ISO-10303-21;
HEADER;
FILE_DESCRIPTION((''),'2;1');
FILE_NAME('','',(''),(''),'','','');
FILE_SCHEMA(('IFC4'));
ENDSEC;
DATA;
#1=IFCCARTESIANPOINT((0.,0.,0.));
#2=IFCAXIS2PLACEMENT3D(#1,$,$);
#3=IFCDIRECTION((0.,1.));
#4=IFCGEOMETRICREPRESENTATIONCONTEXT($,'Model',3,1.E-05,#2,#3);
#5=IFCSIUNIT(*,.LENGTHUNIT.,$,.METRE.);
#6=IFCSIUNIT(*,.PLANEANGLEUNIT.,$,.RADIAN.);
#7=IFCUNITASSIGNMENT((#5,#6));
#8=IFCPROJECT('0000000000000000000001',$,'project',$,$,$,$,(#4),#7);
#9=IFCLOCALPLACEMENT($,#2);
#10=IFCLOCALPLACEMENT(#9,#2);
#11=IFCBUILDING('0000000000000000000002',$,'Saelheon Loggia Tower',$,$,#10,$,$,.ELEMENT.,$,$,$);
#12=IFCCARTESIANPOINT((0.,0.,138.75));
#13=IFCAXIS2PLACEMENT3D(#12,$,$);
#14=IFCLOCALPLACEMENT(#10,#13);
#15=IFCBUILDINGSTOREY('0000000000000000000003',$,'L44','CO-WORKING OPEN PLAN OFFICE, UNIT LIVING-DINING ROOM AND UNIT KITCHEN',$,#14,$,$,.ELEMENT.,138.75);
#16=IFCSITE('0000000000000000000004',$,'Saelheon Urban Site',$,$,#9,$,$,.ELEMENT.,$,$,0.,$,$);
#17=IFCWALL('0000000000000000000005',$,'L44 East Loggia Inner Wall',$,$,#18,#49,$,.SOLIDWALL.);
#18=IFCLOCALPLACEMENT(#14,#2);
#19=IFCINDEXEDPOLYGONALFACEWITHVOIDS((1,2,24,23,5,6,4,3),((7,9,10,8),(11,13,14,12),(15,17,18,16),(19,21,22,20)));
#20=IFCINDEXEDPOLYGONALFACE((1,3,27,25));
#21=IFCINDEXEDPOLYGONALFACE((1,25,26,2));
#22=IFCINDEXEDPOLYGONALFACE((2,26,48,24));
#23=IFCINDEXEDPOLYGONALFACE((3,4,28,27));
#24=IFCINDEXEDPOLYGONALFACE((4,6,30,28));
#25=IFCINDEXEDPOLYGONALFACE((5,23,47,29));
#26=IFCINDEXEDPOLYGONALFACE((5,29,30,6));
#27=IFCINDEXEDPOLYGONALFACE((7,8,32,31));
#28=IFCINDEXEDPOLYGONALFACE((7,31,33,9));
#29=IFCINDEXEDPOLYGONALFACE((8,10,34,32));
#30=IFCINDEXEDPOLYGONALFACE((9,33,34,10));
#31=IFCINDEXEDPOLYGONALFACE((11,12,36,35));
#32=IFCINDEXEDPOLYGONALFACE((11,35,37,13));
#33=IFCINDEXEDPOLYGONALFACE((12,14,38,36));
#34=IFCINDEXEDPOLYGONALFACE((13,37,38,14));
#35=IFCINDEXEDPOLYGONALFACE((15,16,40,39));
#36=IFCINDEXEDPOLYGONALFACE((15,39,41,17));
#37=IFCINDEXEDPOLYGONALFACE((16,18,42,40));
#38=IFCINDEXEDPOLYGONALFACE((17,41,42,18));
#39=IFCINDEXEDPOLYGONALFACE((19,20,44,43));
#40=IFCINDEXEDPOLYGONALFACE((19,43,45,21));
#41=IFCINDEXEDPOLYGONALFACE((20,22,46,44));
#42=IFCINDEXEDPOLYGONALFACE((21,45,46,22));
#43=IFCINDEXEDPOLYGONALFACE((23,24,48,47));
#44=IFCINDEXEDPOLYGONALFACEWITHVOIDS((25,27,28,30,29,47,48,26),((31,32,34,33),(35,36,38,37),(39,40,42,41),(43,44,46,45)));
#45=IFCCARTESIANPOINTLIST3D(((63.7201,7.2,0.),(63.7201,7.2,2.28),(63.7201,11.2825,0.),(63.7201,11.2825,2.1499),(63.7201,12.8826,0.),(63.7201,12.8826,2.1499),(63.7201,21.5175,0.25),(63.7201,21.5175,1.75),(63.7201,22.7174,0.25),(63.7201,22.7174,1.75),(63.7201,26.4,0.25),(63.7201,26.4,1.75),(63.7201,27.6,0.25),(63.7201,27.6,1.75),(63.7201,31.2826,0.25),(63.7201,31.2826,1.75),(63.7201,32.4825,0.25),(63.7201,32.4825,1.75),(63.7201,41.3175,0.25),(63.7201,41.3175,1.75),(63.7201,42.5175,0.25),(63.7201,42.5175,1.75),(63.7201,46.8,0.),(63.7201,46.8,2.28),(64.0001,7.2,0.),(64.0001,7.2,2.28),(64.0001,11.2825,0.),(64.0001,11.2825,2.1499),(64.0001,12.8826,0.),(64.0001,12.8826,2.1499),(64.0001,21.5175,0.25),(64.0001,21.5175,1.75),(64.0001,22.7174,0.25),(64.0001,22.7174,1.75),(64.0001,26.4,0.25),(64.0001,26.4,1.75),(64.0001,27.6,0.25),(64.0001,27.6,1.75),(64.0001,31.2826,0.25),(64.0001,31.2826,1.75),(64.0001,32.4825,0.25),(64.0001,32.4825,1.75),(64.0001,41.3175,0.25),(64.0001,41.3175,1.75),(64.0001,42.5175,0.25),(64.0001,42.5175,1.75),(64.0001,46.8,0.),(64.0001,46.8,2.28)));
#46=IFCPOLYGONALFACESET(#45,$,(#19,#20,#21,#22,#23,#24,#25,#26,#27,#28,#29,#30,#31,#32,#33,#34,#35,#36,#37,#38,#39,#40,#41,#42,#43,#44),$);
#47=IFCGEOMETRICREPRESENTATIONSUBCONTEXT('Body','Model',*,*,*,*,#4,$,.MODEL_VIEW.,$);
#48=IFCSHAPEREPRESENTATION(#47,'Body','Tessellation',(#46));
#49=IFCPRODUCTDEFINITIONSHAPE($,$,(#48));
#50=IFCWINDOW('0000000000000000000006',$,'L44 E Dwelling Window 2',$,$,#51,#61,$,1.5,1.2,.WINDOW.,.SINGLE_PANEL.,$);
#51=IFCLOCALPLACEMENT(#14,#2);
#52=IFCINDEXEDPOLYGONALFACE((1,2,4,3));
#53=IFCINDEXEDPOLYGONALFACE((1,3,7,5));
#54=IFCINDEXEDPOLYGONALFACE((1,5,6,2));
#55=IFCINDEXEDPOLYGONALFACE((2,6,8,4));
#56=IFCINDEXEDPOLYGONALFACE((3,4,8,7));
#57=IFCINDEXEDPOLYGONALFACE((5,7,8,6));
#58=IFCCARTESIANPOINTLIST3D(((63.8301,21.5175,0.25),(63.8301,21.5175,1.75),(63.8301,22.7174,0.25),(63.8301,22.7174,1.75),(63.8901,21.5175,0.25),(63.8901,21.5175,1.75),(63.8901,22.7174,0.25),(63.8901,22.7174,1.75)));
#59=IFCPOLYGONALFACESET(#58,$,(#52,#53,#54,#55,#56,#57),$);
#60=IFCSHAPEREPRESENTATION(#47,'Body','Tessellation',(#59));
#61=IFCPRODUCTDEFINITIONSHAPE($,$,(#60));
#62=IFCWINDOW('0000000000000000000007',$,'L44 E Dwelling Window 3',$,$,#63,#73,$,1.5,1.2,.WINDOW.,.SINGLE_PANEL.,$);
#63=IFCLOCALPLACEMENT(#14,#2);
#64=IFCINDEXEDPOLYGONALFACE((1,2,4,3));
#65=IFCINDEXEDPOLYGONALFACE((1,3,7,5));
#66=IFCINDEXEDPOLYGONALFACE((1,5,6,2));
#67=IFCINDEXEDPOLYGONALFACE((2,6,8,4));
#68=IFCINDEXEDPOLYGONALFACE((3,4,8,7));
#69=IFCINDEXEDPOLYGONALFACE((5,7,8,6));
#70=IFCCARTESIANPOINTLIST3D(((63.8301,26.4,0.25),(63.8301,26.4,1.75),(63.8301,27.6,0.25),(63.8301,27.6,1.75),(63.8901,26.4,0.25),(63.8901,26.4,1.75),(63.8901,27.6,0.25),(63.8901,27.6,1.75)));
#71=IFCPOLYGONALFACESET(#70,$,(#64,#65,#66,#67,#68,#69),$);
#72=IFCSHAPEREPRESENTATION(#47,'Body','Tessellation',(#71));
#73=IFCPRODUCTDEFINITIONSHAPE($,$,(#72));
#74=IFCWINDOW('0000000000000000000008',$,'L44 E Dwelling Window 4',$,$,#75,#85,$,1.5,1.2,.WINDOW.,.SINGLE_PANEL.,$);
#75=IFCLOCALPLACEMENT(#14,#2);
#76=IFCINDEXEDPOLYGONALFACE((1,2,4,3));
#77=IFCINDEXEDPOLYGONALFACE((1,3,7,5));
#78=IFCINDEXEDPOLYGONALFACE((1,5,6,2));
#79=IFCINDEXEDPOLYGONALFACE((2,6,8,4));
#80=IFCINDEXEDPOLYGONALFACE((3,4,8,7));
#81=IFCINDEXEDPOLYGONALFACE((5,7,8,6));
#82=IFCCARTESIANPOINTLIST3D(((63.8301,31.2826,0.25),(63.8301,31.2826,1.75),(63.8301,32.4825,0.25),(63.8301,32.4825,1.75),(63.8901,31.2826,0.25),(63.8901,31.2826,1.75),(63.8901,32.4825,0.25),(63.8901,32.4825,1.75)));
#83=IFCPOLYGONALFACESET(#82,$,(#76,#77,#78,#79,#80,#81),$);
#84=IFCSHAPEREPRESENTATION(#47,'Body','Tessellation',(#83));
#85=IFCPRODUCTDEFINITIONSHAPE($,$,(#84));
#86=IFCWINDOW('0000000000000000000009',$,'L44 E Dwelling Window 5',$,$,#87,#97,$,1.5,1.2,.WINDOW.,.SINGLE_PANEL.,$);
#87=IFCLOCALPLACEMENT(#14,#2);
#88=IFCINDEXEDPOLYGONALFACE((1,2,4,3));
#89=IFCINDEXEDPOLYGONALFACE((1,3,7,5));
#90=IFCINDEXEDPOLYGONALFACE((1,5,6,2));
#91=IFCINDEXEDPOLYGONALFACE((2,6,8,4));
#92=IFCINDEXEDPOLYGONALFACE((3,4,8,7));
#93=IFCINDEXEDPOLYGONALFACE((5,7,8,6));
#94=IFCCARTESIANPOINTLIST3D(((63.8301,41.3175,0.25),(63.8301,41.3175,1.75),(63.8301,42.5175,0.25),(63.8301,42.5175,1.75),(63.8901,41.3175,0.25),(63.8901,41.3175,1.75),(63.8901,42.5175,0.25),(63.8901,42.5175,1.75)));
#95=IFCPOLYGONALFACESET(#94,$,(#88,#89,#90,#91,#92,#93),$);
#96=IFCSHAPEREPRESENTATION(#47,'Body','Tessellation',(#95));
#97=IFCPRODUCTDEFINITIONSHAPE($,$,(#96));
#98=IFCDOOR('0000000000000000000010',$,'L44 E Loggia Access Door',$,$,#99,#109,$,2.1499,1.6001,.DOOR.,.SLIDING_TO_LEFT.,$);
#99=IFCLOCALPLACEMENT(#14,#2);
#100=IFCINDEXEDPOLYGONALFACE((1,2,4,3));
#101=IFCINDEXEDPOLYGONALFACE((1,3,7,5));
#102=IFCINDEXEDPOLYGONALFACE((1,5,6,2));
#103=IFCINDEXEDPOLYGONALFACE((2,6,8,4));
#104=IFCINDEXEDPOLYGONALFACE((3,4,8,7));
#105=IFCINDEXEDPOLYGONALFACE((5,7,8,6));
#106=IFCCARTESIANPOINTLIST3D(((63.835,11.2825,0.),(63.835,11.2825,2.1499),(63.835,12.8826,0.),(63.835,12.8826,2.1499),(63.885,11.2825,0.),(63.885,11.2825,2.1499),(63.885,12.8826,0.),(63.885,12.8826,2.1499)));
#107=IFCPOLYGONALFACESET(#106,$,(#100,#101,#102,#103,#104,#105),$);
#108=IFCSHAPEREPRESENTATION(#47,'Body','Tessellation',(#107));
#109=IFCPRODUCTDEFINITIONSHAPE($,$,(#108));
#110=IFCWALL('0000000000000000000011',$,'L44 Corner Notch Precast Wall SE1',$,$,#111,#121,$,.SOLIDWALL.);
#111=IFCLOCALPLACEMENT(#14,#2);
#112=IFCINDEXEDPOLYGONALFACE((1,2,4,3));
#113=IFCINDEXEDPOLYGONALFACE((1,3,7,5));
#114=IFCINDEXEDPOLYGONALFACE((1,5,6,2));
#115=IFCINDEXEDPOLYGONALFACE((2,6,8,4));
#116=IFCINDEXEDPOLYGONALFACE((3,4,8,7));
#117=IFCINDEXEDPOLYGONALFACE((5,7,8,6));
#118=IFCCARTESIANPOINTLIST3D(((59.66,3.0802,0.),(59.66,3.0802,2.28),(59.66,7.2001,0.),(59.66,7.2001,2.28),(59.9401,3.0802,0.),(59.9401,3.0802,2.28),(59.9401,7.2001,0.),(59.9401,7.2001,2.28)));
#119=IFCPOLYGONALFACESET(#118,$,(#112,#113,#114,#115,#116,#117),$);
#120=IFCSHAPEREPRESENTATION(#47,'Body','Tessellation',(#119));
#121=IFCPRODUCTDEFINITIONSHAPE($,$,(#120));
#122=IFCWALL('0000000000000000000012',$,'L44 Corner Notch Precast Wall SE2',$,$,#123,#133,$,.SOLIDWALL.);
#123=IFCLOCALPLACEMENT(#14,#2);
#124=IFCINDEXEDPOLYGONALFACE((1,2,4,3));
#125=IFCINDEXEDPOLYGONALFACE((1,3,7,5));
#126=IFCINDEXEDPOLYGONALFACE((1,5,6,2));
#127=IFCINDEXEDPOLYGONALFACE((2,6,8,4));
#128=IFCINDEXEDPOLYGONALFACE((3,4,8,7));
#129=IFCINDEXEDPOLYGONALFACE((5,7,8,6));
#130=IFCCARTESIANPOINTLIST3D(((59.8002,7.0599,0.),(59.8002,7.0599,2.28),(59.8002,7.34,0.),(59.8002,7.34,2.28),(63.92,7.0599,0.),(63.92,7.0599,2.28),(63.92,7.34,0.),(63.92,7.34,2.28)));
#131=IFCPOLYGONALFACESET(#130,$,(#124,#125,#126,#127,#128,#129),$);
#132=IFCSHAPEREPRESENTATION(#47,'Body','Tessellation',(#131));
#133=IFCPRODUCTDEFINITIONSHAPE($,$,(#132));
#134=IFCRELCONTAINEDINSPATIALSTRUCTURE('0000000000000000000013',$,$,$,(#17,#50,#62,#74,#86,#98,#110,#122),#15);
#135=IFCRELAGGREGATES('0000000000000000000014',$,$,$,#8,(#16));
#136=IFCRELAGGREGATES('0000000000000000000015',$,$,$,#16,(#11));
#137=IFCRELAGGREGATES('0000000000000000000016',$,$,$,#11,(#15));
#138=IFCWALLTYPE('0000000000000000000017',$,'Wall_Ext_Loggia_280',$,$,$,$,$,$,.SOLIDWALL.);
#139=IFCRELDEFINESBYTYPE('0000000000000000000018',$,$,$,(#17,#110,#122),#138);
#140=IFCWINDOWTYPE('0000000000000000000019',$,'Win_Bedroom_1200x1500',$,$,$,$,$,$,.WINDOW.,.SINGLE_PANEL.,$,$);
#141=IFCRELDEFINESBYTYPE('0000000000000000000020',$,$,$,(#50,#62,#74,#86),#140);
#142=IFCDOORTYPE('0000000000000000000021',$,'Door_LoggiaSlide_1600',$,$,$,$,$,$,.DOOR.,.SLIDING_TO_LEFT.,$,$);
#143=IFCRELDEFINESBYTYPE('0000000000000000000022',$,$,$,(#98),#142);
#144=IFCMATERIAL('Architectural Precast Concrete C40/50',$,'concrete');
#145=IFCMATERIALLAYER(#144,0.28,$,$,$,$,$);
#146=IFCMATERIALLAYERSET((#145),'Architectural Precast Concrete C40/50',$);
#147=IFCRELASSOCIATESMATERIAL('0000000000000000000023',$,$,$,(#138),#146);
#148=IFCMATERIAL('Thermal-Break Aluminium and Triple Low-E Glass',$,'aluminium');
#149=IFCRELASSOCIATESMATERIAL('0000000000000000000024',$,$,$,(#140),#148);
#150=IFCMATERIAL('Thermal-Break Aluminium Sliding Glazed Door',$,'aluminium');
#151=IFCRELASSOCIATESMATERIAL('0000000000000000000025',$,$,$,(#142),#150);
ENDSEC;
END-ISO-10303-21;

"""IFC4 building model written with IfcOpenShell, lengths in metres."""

from ifc_helpers import new_model, si_unit, direction, frame, frame_2d, origin, place, context, subcontext, project, spatial, rectangle, extrude, source, transform, mapped, material, layer, layer_set, type_object, element, fill, save


model = new_model("IFC4")

# Units and contexts
model_context = context("Model", 3, precision=1e-05, world=origin(), true_north=direction((0.0, 1.0)))
body_context = subcontext(model_context, "Body", "Model", "MODEL_VIEW")
ifc_project = project(units=[si_unit("LENGTHUNIT", "METRE"), si_unit("PLANEANGLEUNIT", "RADIAN")], contexts=[model_context])

# Site, building, storey
site_placement = place(None, origin())
site = spatial("IfcSite", under=ifc_project, at=site_placement, Name="Saelheon Urban Site", CompositionType="ELEMENT", RefElevation=0.0)
building_placement = place(site_placement, origin())
building = spatial("IfcBuilding", under=site, at=building_placement, Name="Saelheon Loggia Tower", CompositionType="ELEMENT")
storey_placement = place(building_placement, frame((0.0, 0.0, 138.75)))
storey = spatial("IfcBuildingStorey", under=building, at=storey_placement, Name="L44", Description="CO-WORKING OPEN PLAN OFFICE, UNIT LIVING-DINING ROOM AND UNIT KITCHEN", CompositionType="ELEMENT", Elevation=138.75)

# Wall, openings, windows, door
ifc_material_1 = material(Name="Architectural Precast Concrete C40/50", Category="concrete")
ifc_layer = layer(ifc_material_1, 0.28)
ifc_layer_set = layer_set([ifc_layer], Name="Architectural Precast Concrete C40/50")
wall_type = type_object("IfcWallType", Name="Wall_Ext_Loggia_280", PredefinedType="SOLIDWALL", material=ifc_layer_set)
wall_placement = place(storey_placement, frame((63.8601, 7.2, 0.0), z_axis=(0.0, 0.0, 1.0), x_axis=(0.0, 1.0, 0.0)))
wall = element("IfcWall", 1, at=wall_placement, inside=storey, type_object=wall_type, Name="L44 East Loggia Inner Wall", PredefinedType="SOLIDWALL", context=body_context, shape_type="SweptSolid", body=[
    extrude(rectangle(XDim=39.6001, YDim=0.28, at=frame_2d((19.8, 0.0))), origin(), (0.0, 0.0, 1.0), 2.28),
])
opening_1_placement = place(wall_placement, frame((5.6826, 0.0, 0.0), z_axis=(0.0, 0.0, 1.0), x_axis=(-1.0, 0.0, 0.0)))
opening_1 = element("IfcOpeningElement", 2, at=opening_1_placement, cuts=wall, PredefinedType="OPENING", context=body_context, shape_type="SweptSolid", body=[
    extrude(rectangle(XDim=1.6001, YDim=2.1499, at=frame_2d((0.8, 1.075))), frame((0.0, 0.1521, 0.0), z_axis=(0.0, -1.0, 0.0), x_axis=(1.0, 0.0, 0.0)), (0.0, 0.0, 1.0), 0.304),
])
opening_2_placement = place(wall_placement, frame((14.3174, 0.0, 0.25)))
opening_2 = element("IfcOpeningElement", 3, at=opening_2_placement, cuts=wall, PredefinedType="OPENING", context=body_context, shape_type="SweptSolid", body=[
    extrude(rectangle(XDim=1.2, YDim=1.5, at=frame_2d((0.6001, 0.75))), frame((0.0, 0.1521, 0.0), z_axis=(0.0, -1.0, 0.0), x_axis=(1.0, 0.0, 0.0)), (0.0, 0.0, 1.0), 0.304),
])
opening_3_placement = place(wall_placement, frame((19.2, 0.0, 0.25)))
opening_3 = element("IfcOpeningElement", 4, at=opening_3_placement, cuts=wall, PredefinedType="OPENING", context=body_context, shape_type="SweptSolid", body=[
    extrude(rectangle(XDim=1.2, YDim=1.5, at=frame_2d((0.6001, 0.75))), frame((0.0, 0.1521, 0.0), z_axis=(0.0, -1.0, 0.0), x_axis=(1.0, 0.0, 0.0)), (0.0, 0.0, 1.0), 0.304),
])
opening_4_placement = place(wall_placement, frame((24.0825, 0.0, 0.25)))
opening_4 = element("IfcOpeningElement", 5, at=opening_4_placement, cuts=wall, PredefinedType="OPENING", context=body_context, shape_type="SweptSolid", body=[
    extrude(rectangle(XDim=1.2, YDim=1.5, at=frame_2d((0.6001, 0.75))), frame((0.0, 0.1521, 0.0), z_axis=(0.0, -1.0, 0.0), x_axis=(1.0, 0.0, 0.0)), (0.0, 0.0, 1.0), 0.304),
])
opening_5_placement = place(wall_placement, frame((34.1174, 0.0, 0.25)))
opening_5 = element("IfcOpeningElement", 6, at=opening_5_placement, cuts=wall, PredefinedType="OPENING", context=body_context, shape_type="SweptSolid", body=[
    extrude(rectangle(XDim=1.2, YDim=1.5, at=frame_2d((0.6001, 0.75))), frame((0.0, 0.1521, 0.0), z_axis=(0.0, -1.0, 0.0), x_axis=(1.0, 0.0, 0.0)), (0.0, 0.0, 1.0), 0.304),
])
ifc_material_2 = material(Name="Thermal-Break Aluminium and Triple Low-E Glass", Category="aluminium")
window_type = type_object("IfcWindowType", Name="Win_Bedroom_1200x1500", PartitioningType="SINGLE_PANEL", PredefinedType="WINDOW", material=ifc_material_2)
shared_shape_1 = source(origin(), body_context, "Body", "SweptSolid", [
    extrude(rectangle(XDim=1.2, YDim=1.5, at=frame_2d((0.6001, 0.75))), frame((0.0, 0.03, 0.0), z_axis=(0.0, -1.0, 0.0), x_axis=(1.0, 0.0, 0.0)), (0.0, 0.0, 1.0), 0.0601),
])
window_1_placement = place(opening_2_placement, origin())
window_1 = element("IfcWindow", 7, at=window_1_placement, inside=storey, type_object=window_type, Name="L44 E Dwelling Window 2", OverallHeight=1.5, OverallWidth=1.2, PartitioningType="SINGLE_PANEL", PredefinedType="WINDOW", context=body_context, shape_type="MappedRepresentation", body=[
    mapped(shared_shape_1, transform((0.0, 0.0, 0.0), scale=1.0)),
])
fill(opening_2, window_1)
window_2_placement = place(opening_3_placement, origin())
window_2 = element("IfcWindow", 8, at=window_2_placement, inside=storey, type_object=window_type, Name="L44 E Dwelling Window 3", OverallHeight=1.5, OverallWidth=1.2, PartitioningType="SINGLE_PANEL", PredefinedType="WINDOW", context=body_context, shape_type="MappedRepresentation", body=[
    mapped(shared_shape_1, transform((0.0, 0.0, 0.0), scale=1.0)),
])
fill(opening_3, window_2)
window_3_placement = place(opening_4_placement, origin())
window_3 = element("IfcWindow", 9, at=window_3_placement, inside=storey, type_object=window_type, Name="L44 E Dwelling Window 4", OverallHeight=1.5, OverallWidth=1.2, PartitioningType="SINGLE_PANEL", PredefinedType="WINDOW", context=body_context, shape_type="MappedRepresentation", body=[
    mapped(shared_shape_1, transform((0.0, 0.0, 0.0), scale=1.0)),
])
fill(opening_4, window_3)
window_4_placement = place(opening_5_placement, origin())
window_4 = element("IfcWindow", 10, at=window_4_placement, inside=storey, type_object=window_type, Name="L44 E Dwelling Window 5", OverallHeight=1.5, OverallWidth=1.2, PartitioningType="SINGLE_PANEL", PredefinedType="WINDOW", context=body_context, shape_type="MappedRepresentation", body=[
    mapped(shared_shape_1, transform((0.0, 0.0, 0.0), scale=1.0)),
])
fill(opening_5, window_4)
ifc_material_3 = material(Name="Thermal-Break Aluminium Sliding Glazed Door", Category="aluminium")
door_type = type_object("IfcDoorType", Name="Door_LoggiaSlide_1600", OperationType="SLIDING_TO_LEFT", PredefinedType="DOOR", material=ifc_material_3)
shared_shape_2 = source(origin(), body_context, "Body", "SweptSolid", [
    extrude(rectangle(XDim=1.6001, YDim=2.1499, at=frame_2d((0.8, 1.075))), frame((0.0, 0.0249, 0.0), z_axis=(0.0, -1.0, 0.0), x_axis=(1.0, 0.0, 0.0)), (0.0, 0.0, 1.0), 0.05),
])
door_placement = place(opening_1_placement, origin())
door = element("IfcDoor", 11, at=door_placement, inside=storey, type_object=door_type, Name="L44 E Loggia Access Door", OperationType="SLIDING_TO_LEFT", OverallHeight=2.1499, OverallWidth=1.6001, PredefinedType="DOOR", context=body_context, shape_type="MappedRepresentation", body=[
    mapped(shared_shape_2, transform((0.0, 0.0, 0.0), scale=1.0)),
])
fill(opening_1, door)

# Walls
for number, where, z_axis, x_axis, name in (
    (12, (59.8, 3.0801, 0.0), (0.0, 0.0, 1.0), (0.0, 1.0, 0.0), "L44 Corner Notch Precast Wall SE1"),
    (13, (59.8, 7.2, 0.0), (0.0, 0.0, 1.0), (1.0, 0.0, 0.0), "L44 Corner Notch Precast Wall SE2"),
):
    element("IfcWall", number, at=place(storey_placement, frame(where, z_axis=z_axis, x_axis=x_axis)), inside=storey, type_object=wall_type, Name=name, PredefinedType="SOLIDWALL", context=body_context, shape_type="SweptSolid", body=[
        extrude(rectangle(XDim=4.1199, YDim=0.28, at=frame_2d((2.0601, 0.0))), origin(), (0.0, 0.0, 1.0), 2.28),
    ])

save(model, "model.ifc")
